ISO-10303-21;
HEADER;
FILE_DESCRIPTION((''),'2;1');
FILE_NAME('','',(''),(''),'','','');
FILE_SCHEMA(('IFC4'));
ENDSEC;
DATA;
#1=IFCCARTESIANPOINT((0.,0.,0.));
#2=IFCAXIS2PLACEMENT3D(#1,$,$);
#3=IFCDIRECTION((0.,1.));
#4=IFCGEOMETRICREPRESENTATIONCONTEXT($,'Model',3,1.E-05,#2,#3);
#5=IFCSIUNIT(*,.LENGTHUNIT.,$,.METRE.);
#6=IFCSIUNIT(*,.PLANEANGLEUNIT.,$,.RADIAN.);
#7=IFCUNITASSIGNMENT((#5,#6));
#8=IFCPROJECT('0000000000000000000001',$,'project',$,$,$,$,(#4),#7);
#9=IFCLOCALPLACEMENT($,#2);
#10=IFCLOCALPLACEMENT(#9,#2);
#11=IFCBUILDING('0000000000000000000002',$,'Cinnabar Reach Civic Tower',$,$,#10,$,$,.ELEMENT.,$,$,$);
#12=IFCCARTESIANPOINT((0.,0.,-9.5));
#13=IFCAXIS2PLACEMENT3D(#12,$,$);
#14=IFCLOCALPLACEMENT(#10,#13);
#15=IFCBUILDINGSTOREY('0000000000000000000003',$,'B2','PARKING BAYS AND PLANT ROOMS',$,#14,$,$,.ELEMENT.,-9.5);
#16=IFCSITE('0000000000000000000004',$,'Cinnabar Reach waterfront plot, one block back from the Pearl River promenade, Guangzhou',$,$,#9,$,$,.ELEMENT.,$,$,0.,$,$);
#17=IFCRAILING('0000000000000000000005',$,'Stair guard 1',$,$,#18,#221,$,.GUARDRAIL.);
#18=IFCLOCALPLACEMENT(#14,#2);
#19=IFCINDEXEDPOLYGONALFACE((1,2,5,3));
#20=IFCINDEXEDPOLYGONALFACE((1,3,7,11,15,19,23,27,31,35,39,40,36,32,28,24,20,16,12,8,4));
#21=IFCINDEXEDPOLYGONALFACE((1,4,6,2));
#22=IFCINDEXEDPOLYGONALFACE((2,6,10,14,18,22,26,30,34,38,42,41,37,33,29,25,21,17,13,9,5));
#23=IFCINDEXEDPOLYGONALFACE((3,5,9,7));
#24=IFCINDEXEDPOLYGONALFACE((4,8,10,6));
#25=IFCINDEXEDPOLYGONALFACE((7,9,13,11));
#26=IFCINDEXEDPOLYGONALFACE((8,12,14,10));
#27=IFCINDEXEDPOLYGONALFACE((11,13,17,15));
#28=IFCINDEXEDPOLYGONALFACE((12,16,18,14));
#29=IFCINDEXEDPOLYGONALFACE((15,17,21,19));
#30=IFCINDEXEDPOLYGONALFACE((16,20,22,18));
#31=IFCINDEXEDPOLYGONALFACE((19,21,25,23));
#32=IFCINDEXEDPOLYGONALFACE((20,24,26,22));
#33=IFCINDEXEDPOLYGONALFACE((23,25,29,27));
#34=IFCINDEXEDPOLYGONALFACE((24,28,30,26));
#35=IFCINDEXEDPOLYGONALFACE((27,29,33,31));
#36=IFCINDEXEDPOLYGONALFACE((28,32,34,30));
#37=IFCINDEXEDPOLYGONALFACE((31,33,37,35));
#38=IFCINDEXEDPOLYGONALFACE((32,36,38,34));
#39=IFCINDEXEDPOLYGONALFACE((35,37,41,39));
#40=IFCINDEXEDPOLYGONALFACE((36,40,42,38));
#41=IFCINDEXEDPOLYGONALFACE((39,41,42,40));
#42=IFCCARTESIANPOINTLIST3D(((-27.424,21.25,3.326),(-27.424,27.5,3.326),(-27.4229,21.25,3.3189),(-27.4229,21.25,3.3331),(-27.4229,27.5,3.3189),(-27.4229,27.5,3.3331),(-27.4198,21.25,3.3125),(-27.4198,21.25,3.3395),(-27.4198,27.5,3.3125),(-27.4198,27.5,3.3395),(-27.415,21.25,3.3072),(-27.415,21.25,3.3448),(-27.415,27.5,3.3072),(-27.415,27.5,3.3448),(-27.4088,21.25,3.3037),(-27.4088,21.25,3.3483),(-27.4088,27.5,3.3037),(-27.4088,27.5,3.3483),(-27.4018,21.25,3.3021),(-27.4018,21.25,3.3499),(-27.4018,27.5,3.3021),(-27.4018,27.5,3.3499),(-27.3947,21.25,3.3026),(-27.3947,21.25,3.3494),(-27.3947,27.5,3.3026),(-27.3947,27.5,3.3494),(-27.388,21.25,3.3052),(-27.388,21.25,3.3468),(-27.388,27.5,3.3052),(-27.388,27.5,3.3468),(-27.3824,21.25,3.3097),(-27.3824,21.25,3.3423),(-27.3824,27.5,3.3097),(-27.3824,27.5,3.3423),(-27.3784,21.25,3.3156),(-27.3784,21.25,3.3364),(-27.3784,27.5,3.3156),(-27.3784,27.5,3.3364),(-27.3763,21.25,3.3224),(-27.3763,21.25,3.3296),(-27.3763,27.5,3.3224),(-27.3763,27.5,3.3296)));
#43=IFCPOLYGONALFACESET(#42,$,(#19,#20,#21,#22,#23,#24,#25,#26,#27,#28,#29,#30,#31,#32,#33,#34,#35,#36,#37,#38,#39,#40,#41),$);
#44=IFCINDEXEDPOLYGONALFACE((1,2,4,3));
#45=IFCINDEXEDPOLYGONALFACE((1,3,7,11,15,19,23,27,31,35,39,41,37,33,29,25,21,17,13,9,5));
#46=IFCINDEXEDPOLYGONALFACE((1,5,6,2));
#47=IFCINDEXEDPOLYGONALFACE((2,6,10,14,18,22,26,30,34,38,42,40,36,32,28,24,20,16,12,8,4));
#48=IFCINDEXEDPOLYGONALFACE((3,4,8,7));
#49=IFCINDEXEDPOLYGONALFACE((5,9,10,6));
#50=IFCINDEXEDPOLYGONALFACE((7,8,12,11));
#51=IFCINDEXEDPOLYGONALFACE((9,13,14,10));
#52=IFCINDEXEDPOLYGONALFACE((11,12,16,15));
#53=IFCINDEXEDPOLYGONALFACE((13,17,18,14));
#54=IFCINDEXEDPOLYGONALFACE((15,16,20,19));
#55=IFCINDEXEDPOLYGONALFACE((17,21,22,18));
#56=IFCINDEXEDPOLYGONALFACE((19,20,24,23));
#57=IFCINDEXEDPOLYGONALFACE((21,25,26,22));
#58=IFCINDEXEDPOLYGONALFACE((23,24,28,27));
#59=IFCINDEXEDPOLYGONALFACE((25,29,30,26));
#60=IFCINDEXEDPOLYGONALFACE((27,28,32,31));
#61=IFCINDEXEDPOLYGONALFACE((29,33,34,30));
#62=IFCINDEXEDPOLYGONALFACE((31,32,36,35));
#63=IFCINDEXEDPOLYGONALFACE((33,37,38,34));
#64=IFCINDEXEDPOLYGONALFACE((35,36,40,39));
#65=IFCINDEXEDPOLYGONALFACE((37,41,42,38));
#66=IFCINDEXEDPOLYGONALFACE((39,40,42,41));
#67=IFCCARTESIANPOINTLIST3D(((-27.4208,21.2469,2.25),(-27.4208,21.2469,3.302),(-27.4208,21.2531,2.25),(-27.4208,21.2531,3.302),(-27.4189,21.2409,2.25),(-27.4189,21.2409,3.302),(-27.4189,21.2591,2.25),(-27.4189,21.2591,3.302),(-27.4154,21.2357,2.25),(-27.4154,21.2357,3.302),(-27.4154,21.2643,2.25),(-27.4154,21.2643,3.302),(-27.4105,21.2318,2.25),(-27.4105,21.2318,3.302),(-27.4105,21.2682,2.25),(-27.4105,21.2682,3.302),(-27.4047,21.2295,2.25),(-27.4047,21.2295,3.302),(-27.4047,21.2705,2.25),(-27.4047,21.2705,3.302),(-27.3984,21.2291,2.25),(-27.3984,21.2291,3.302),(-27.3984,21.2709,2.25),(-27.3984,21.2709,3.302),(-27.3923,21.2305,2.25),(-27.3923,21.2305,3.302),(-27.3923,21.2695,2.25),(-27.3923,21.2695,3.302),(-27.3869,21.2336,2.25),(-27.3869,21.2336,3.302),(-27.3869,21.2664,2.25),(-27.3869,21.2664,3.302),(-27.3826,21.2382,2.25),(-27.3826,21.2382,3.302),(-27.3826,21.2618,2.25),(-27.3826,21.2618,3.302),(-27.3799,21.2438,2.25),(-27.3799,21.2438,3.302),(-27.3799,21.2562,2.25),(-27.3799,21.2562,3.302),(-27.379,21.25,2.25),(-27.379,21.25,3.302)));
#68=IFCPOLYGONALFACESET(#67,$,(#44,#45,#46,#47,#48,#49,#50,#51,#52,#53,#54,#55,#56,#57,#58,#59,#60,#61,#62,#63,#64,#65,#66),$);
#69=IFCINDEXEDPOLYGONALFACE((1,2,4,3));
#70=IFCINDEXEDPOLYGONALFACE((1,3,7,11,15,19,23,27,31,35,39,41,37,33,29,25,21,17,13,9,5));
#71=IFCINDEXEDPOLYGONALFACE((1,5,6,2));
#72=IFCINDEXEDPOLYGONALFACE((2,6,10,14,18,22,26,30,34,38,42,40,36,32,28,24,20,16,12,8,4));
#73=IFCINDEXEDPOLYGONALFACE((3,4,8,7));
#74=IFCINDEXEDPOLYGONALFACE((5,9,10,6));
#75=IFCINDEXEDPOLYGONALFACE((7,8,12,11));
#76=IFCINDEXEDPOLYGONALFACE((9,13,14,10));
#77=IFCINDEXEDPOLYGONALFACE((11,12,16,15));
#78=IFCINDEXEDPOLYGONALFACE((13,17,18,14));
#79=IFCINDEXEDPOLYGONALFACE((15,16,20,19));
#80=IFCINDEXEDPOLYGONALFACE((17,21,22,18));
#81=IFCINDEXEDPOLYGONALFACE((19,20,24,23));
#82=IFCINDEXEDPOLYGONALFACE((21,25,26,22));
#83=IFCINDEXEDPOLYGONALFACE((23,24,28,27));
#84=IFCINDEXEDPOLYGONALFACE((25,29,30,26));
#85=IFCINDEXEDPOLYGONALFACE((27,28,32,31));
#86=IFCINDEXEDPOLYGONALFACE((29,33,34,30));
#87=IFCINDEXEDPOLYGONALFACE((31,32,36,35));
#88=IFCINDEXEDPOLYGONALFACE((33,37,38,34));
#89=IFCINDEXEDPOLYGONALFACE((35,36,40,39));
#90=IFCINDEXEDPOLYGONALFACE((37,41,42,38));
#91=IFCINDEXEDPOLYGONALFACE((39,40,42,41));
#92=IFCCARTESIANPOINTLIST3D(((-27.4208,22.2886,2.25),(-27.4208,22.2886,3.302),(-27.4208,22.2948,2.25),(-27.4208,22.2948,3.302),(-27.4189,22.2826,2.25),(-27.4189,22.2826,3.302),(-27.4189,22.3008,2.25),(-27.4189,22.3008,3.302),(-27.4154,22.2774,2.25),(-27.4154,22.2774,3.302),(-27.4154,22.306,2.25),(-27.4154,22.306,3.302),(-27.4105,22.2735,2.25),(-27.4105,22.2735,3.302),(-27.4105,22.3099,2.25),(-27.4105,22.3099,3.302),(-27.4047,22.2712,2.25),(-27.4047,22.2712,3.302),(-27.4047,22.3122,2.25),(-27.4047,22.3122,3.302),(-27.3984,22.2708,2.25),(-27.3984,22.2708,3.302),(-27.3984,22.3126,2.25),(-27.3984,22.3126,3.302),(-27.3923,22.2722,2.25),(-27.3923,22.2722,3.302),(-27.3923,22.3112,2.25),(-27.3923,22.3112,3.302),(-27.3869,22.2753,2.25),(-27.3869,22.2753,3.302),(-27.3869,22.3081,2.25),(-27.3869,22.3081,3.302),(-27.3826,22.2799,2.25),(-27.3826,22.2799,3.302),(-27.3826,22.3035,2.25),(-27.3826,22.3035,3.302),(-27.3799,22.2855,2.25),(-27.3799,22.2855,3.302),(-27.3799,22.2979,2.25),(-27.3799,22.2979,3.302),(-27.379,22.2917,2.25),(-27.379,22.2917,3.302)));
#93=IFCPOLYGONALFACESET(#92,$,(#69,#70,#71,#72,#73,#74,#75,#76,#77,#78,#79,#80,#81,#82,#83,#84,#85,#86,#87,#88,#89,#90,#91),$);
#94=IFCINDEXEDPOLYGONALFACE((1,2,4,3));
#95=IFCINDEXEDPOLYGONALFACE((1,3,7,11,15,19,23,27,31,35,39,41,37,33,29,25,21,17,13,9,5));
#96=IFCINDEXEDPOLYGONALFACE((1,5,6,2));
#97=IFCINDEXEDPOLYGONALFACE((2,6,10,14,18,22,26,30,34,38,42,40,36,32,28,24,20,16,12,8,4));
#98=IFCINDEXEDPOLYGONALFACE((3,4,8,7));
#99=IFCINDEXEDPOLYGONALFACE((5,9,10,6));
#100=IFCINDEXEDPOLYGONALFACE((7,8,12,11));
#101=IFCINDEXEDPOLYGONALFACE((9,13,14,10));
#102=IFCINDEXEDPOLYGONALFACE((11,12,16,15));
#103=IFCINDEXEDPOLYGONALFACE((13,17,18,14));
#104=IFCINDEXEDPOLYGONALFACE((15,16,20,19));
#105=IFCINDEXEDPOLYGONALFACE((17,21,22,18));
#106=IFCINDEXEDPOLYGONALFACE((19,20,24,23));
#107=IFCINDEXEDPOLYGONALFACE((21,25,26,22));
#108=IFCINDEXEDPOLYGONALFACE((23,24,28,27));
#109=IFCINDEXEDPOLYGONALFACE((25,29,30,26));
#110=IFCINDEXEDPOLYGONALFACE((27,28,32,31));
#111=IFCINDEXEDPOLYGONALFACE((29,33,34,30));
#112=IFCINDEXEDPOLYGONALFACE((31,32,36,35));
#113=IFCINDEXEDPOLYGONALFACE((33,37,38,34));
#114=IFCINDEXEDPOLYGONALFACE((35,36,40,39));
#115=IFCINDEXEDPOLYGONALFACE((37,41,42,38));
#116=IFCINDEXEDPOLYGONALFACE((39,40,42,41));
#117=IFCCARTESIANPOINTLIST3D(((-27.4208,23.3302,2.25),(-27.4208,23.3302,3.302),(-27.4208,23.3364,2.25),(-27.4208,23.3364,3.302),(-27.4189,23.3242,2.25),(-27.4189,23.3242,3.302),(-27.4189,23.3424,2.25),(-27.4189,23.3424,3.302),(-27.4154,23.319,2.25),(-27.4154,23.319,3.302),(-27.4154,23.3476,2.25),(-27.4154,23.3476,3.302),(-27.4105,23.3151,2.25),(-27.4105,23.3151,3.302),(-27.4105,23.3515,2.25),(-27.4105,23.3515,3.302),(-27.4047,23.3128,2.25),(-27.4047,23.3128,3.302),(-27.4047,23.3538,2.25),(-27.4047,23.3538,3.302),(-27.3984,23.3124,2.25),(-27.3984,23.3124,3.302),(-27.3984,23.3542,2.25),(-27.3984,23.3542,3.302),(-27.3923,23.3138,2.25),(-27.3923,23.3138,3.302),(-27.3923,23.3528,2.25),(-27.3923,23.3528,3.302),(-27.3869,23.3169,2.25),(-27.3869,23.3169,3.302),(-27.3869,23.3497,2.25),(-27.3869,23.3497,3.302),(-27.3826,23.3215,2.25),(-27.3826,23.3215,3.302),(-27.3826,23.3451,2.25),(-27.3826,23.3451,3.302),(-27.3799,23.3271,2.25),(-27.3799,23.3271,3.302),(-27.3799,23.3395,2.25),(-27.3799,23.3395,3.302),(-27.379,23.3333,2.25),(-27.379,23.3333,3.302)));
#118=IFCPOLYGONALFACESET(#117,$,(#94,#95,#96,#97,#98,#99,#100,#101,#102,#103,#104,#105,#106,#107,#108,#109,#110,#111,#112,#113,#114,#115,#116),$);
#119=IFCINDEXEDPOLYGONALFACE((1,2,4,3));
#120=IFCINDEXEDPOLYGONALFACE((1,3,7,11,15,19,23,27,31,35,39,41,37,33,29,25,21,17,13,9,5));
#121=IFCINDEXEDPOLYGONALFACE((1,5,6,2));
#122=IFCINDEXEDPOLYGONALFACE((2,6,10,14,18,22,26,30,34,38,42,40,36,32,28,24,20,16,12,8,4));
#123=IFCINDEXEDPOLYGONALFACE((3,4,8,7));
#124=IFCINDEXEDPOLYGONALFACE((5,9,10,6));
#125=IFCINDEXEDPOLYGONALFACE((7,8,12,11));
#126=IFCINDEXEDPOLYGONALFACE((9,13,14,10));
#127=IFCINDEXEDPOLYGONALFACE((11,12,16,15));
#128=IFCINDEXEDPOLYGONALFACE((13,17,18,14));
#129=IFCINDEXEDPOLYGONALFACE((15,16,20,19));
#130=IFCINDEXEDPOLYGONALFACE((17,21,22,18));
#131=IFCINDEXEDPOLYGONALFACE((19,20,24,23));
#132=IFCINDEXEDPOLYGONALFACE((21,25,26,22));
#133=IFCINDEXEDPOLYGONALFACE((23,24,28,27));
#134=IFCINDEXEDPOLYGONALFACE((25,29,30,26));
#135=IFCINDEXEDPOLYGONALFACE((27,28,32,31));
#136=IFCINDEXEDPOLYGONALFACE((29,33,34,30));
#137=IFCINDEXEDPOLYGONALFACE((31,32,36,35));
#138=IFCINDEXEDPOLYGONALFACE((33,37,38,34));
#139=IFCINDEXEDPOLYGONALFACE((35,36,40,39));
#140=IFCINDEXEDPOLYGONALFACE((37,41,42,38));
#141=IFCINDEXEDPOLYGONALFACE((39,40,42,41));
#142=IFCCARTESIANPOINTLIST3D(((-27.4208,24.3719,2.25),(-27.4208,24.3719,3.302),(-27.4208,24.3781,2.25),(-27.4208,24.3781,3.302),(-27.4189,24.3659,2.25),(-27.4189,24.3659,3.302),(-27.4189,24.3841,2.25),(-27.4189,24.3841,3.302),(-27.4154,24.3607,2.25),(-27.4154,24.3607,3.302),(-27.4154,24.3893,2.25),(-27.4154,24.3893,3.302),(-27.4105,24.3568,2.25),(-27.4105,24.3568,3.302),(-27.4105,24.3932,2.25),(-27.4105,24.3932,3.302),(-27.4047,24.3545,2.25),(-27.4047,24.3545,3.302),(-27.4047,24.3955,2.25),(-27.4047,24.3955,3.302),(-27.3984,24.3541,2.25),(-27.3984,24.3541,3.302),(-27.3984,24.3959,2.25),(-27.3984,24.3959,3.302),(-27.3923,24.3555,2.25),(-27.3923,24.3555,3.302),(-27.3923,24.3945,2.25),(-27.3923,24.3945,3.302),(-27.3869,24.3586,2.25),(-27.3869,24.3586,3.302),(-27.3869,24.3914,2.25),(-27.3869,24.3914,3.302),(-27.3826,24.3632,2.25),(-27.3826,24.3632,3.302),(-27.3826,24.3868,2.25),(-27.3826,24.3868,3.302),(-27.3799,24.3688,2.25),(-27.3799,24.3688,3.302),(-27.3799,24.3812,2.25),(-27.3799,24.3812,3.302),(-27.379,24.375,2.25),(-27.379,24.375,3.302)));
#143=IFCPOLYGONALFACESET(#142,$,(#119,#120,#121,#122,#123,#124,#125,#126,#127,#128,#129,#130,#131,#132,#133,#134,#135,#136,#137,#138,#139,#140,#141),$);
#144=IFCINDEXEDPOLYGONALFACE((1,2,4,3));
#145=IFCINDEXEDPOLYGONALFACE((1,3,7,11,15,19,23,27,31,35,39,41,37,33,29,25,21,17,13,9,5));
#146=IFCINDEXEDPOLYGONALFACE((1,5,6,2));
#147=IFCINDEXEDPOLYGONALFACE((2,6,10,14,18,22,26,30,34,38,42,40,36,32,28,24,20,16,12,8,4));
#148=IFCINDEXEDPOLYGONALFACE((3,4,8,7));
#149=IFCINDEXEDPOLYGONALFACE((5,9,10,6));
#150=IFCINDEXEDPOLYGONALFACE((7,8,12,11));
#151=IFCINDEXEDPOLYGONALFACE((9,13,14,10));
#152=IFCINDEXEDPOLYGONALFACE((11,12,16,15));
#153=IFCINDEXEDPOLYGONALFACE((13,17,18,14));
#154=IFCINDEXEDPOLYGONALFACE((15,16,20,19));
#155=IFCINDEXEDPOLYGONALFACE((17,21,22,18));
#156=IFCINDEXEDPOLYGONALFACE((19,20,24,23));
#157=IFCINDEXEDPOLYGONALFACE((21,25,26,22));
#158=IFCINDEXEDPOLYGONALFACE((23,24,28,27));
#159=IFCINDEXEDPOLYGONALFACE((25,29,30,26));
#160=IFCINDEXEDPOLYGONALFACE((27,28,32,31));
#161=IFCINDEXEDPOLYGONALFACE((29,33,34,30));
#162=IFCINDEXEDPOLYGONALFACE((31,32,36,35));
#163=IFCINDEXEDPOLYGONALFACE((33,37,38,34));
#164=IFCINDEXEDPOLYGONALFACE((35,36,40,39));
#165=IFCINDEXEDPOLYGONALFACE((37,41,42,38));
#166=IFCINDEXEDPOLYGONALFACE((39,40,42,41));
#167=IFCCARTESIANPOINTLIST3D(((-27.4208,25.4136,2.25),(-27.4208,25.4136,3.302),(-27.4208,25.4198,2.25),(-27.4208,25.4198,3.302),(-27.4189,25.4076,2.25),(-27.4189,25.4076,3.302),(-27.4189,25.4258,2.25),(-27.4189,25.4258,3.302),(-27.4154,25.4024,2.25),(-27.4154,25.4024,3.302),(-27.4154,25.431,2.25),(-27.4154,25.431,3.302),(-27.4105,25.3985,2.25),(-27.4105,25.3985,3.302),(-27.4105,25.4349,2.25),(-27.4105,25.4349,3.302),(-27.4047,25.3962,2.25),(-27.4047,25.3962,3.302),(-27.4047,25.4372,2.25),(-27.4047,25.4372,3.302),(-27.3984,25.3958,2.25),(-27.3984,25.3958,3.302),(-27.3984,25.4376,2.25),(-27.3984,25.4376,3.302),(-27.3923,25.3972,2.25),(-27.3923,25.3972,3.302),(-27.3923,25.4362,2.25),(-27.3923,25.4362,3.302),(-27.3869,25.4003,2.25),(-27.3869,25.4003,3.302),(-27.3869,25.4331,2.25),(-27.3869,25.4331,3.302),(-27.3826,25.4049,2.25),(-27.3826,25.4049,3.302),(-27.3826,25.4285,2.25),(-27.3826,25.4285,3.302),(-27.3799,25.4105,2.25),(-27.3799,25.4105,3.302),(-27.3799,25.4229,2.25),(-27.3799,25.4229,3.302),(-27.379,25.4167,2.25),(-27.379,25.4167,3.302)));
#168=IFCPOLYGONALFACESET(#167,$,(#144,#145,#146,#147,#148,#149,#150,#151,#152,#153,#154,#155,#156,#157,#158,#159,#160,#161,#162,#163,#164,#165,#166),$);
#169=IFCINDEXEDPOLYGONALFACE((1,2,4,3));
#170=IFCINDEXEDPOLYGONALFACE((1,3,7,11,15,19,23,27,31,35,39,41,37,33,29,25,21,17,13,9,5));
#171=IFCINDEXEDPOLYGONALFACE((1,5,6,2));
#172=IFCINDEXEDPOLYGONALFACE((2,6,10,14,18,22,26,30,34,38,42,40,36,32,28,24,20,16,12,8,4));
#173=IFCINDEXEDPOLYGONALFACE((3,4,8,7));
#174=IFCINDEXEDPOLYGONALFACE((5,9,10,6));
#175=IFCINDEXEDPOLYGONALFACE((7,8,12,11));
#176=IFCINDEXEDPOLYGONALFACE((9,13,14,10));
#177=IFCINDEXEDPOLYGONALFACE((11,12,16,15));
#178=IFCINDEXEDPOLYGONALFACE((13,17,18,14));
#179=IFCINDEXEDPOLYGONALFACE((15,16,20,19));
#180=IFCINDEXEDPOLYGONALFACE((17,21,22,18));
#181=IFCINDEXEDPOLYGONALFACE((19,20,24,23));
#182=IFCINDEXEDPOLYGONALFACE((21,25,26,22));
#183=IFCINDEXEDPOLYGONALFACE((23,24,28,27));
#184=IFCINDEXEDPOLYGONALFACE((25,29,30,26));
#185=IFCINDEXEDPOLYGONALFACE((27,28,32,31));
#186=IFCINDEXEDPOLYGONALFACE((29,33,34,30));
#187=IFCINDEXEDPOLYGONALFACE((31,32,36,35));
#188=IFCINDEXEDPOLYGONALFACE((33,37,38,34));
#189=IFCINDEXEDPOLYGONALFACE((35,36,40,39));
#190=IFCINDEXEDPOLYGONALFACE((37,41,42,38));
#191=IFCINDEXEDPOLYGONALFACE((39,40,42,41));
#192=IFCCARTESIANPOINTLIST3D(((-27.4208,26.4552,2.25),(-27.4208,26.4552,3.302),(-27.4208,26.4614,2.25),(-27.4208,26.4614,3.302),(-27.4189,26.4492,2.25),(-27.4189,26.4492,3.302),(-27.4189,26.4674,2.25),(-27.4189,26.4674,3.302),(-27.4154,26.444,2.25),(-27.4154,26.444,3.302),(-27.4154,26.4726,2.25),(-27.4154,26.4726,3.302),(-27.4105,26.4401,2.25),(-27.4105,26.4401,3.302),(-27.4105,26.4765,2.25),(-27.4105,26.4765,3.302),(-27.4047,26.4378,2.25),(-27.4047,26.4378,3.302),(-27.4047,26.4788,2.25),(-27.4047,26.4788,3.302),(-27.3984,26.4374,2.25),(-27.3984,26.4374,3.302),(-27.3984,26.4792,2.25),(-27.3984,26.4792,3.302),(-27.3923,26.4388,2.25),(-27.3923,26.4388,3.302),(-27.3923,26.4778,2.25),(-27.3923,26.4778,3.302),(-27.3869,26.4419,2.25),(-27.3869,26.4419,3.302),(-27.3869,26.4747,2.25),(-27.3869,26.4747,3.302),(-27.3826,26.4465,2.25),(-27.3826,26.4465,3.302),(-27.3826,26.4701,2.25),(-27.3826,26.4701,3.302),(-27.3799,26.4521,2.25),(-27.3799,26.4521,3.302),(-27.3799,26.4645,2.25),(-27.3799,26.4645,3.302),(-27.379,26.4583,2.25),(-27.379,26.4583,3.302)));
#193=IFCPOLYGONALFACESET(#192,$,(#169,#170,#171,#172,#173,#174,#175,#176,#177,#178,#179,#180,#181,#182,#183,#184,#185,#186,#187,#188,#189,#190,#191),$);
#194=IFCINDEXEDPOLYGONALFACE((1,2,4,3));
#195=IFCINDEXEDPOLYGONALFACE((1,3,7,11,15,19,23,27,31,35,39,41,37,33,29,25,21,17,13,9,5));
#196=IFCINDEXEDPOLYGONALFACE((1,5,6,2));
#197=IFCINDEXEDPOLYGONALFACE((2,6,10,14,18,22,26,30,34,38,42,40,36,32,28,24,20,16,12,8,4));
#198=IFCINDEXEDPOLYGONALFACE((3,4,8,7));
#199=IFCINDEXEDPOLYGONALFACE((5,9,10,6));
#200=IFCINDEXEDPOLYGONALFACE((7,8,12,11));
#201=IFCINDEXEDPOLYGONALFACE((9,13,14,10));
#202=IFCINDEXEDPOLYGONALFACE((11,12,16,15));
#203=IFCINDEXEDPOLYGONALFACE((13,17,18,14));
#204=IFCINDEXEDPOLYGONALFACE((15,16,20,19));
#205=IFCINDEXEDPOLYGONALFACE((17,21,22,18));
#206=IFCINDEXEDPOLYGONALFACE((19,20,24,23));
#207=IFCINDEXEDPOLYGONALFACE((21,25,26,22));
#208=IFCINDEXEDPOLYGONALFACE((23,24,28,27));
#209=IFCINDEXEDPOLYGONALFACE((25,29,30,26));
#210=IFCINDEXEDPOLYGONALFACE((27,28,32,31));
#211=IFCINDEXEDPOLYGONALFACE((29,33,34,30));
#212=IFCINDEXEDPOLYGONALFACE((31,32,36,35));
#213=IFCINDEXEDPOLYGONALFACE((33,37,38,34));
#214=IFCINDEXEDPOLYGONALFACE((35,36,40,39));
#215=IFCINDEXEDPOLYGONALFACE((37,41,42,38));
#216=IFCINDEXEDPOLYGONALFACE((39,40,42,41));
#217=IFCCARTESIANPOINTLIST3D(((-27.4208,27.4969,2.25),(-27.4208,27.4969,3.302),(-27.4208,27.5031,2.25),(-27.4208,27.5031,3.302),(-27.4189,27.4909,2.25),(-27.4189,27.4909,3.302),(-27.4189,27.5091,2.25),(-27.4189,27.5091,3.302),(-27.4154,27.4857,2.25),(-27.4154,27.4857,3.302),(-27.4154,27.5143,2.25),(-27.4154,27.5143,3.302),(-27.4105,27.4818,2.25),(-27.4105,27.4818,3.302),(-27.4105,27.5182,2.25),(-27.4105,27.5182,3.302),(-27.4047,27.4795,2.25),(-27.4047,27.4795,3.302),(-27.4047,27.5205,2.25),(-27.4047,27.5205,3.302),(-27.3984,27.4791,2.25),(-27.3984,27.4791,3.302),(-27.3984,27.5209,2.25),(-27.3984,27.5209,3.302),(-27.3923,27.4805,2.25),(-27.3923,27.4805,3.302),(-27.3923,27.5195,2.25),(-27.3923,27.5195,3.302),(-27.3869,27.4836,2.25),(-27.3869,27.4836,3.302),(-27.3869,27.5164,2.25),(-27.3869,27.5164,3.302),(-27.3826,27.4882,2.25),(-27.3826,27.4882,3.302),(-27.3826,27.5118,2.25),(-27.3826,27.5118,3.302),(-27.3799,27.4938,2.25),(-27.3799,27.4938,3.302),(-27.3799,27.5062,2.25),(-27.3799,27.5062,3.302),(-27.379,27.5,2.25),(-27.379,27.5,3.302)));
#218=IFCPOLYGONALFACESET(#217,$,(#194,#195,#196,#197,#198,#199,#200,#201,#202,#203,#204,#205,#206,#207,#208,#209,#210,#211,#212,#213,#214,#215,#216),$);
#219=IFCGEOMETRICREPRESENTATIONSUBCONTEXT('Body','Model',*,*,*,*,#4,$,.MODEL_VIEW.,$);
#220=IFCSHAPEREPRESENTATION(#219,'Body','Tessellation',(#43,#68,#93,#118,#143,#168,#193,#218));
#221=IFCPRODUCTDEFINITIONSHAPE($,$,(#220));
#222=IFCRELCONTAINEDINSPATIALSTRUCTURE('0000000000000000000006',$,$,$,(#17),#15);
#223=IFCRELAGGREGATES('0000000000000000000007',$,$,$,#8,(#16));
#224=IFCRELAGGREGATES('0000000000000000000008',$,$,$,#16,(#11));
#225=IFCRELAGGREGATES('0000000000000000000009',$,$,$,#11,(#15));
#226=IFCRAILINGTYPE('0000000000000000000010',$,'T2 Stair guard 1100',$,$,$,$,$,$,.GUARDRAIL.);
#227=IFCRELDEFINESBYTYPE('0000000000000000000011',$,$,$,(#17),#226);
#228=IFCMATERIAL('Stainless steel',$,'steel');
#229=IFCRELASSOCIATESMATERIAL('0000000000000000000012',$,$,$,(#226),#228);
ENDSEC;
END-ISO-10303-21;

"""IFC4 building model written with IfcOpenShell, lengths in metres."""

from ifc_helpers import new_model, si_unit, direction, frame, origin, origin_2d, place, context, subcontext, project, spatial, circle, extrude, material, type_object, element, save


model = new_model("IFC4")

# Units and contexts
model_context = context("Model", 3, precision=1e-05, world=origin(), true_north=direction((0.0, 1.0)))
body_context = subcontext(model_context, "Body", "Model", "MODEL_VIEW")
ifc_project = project(units=[si_unit("LENGTHUNIT", "METRE"), si_unit("PLANEANGLEUNIT", "RADIAN")], contexts=[model_context])

# Site, building, storey
site_placement = place(None, origin())
site = spatial("IfcSite", under=ifc_project, at=site_placement, Name="Cinnabar Reach waterfront plot, one block back from the Pearl River promenade, Guangzhou", CompositionType="ELEMENT", RefElevation=0.0)
building_placement = place(site_placement, origin())
building = spatial("IfcBuilding", under=site, at=building_placement, Name="Cinnabar Reach Civic Tower", CompositionType="ELEMENT")
storey_placement = place(building_placement, frame((0.0, 0.0, -9.5)))
storey = spatial("IfcBuildingStorey", under=building, at=storey_placement, Name="B2", Description="PARKING BAYS AND PLANT ROOMS", CompositionType="ELEMENT", Elevation=-9.5)

# Railing
ifc_material_1 = material(Name="Stainless steel", Category="steel")
railing_type = type_object("IfcRailingType", Name="T2 Stair guard 1100", PredefinedType="GUARDRAIL", material=ifc_material_1)
for number, where, name in (
    (1, (-27.4, 21.25, 2.25), "Stair guard 1"),
):
    element("IfcRailing", number, at=place(storey_placement, frame(where)), inside=storey, type_object=railing_type, Name=name, PredefinedType="GUARDRAIL", context=body_context, shape_type="SweptSolid", body=[
        extrude(circle(Radius=0.024, at=origin_2d()), frame((0.0, 0.0, 1.076), z_axis=(0.0, 1.0, 0.0), x_axis=(-1.0, 0.0, 0.0)), (0.0, 0.0, 1.0), 6.25),
        extrude(circle(Radius=0.021, at=origin_2d()), origin(), (0.0, 0.0, 1.0), 1.052),
        extrude(circle(Radius=0.021, at=origin_2d()), frame((0.0, 1.0417, 0.0)), (0.0, 0.0, 1.0), 1.052),
        extrude(circle(Radius=0.021, at=origin_2d()), frame((0.0, 2.0833, 0.0)), (0.0, 0.0, 1.0), 1.052),
        extrude(circle(Radius=0.021, at=origin_2d()), frame((0.0, 3.125, 0.0)), (0.0, 0.0, 1.0), 1.052),
        extrude(circle(Radius=0.021, at=origin_2d()), frame((0.0, 4.1667, 0.0)), (0.0, 0.0, 1.0), 1.052),
        extrude(circle(Radius=0.021, at=origin_2d()), frame((0.0, 5.2083, 0.0)), (0.0, 0.0, 1.0), 1.052),
        extrude(circle(Radius=0.021, at=origin_2d()), frame((0.0, 6.25, 0.0)), (0.0, 0.0, 1.0), 1.052),
    ])

save(model, "model.ifc")
